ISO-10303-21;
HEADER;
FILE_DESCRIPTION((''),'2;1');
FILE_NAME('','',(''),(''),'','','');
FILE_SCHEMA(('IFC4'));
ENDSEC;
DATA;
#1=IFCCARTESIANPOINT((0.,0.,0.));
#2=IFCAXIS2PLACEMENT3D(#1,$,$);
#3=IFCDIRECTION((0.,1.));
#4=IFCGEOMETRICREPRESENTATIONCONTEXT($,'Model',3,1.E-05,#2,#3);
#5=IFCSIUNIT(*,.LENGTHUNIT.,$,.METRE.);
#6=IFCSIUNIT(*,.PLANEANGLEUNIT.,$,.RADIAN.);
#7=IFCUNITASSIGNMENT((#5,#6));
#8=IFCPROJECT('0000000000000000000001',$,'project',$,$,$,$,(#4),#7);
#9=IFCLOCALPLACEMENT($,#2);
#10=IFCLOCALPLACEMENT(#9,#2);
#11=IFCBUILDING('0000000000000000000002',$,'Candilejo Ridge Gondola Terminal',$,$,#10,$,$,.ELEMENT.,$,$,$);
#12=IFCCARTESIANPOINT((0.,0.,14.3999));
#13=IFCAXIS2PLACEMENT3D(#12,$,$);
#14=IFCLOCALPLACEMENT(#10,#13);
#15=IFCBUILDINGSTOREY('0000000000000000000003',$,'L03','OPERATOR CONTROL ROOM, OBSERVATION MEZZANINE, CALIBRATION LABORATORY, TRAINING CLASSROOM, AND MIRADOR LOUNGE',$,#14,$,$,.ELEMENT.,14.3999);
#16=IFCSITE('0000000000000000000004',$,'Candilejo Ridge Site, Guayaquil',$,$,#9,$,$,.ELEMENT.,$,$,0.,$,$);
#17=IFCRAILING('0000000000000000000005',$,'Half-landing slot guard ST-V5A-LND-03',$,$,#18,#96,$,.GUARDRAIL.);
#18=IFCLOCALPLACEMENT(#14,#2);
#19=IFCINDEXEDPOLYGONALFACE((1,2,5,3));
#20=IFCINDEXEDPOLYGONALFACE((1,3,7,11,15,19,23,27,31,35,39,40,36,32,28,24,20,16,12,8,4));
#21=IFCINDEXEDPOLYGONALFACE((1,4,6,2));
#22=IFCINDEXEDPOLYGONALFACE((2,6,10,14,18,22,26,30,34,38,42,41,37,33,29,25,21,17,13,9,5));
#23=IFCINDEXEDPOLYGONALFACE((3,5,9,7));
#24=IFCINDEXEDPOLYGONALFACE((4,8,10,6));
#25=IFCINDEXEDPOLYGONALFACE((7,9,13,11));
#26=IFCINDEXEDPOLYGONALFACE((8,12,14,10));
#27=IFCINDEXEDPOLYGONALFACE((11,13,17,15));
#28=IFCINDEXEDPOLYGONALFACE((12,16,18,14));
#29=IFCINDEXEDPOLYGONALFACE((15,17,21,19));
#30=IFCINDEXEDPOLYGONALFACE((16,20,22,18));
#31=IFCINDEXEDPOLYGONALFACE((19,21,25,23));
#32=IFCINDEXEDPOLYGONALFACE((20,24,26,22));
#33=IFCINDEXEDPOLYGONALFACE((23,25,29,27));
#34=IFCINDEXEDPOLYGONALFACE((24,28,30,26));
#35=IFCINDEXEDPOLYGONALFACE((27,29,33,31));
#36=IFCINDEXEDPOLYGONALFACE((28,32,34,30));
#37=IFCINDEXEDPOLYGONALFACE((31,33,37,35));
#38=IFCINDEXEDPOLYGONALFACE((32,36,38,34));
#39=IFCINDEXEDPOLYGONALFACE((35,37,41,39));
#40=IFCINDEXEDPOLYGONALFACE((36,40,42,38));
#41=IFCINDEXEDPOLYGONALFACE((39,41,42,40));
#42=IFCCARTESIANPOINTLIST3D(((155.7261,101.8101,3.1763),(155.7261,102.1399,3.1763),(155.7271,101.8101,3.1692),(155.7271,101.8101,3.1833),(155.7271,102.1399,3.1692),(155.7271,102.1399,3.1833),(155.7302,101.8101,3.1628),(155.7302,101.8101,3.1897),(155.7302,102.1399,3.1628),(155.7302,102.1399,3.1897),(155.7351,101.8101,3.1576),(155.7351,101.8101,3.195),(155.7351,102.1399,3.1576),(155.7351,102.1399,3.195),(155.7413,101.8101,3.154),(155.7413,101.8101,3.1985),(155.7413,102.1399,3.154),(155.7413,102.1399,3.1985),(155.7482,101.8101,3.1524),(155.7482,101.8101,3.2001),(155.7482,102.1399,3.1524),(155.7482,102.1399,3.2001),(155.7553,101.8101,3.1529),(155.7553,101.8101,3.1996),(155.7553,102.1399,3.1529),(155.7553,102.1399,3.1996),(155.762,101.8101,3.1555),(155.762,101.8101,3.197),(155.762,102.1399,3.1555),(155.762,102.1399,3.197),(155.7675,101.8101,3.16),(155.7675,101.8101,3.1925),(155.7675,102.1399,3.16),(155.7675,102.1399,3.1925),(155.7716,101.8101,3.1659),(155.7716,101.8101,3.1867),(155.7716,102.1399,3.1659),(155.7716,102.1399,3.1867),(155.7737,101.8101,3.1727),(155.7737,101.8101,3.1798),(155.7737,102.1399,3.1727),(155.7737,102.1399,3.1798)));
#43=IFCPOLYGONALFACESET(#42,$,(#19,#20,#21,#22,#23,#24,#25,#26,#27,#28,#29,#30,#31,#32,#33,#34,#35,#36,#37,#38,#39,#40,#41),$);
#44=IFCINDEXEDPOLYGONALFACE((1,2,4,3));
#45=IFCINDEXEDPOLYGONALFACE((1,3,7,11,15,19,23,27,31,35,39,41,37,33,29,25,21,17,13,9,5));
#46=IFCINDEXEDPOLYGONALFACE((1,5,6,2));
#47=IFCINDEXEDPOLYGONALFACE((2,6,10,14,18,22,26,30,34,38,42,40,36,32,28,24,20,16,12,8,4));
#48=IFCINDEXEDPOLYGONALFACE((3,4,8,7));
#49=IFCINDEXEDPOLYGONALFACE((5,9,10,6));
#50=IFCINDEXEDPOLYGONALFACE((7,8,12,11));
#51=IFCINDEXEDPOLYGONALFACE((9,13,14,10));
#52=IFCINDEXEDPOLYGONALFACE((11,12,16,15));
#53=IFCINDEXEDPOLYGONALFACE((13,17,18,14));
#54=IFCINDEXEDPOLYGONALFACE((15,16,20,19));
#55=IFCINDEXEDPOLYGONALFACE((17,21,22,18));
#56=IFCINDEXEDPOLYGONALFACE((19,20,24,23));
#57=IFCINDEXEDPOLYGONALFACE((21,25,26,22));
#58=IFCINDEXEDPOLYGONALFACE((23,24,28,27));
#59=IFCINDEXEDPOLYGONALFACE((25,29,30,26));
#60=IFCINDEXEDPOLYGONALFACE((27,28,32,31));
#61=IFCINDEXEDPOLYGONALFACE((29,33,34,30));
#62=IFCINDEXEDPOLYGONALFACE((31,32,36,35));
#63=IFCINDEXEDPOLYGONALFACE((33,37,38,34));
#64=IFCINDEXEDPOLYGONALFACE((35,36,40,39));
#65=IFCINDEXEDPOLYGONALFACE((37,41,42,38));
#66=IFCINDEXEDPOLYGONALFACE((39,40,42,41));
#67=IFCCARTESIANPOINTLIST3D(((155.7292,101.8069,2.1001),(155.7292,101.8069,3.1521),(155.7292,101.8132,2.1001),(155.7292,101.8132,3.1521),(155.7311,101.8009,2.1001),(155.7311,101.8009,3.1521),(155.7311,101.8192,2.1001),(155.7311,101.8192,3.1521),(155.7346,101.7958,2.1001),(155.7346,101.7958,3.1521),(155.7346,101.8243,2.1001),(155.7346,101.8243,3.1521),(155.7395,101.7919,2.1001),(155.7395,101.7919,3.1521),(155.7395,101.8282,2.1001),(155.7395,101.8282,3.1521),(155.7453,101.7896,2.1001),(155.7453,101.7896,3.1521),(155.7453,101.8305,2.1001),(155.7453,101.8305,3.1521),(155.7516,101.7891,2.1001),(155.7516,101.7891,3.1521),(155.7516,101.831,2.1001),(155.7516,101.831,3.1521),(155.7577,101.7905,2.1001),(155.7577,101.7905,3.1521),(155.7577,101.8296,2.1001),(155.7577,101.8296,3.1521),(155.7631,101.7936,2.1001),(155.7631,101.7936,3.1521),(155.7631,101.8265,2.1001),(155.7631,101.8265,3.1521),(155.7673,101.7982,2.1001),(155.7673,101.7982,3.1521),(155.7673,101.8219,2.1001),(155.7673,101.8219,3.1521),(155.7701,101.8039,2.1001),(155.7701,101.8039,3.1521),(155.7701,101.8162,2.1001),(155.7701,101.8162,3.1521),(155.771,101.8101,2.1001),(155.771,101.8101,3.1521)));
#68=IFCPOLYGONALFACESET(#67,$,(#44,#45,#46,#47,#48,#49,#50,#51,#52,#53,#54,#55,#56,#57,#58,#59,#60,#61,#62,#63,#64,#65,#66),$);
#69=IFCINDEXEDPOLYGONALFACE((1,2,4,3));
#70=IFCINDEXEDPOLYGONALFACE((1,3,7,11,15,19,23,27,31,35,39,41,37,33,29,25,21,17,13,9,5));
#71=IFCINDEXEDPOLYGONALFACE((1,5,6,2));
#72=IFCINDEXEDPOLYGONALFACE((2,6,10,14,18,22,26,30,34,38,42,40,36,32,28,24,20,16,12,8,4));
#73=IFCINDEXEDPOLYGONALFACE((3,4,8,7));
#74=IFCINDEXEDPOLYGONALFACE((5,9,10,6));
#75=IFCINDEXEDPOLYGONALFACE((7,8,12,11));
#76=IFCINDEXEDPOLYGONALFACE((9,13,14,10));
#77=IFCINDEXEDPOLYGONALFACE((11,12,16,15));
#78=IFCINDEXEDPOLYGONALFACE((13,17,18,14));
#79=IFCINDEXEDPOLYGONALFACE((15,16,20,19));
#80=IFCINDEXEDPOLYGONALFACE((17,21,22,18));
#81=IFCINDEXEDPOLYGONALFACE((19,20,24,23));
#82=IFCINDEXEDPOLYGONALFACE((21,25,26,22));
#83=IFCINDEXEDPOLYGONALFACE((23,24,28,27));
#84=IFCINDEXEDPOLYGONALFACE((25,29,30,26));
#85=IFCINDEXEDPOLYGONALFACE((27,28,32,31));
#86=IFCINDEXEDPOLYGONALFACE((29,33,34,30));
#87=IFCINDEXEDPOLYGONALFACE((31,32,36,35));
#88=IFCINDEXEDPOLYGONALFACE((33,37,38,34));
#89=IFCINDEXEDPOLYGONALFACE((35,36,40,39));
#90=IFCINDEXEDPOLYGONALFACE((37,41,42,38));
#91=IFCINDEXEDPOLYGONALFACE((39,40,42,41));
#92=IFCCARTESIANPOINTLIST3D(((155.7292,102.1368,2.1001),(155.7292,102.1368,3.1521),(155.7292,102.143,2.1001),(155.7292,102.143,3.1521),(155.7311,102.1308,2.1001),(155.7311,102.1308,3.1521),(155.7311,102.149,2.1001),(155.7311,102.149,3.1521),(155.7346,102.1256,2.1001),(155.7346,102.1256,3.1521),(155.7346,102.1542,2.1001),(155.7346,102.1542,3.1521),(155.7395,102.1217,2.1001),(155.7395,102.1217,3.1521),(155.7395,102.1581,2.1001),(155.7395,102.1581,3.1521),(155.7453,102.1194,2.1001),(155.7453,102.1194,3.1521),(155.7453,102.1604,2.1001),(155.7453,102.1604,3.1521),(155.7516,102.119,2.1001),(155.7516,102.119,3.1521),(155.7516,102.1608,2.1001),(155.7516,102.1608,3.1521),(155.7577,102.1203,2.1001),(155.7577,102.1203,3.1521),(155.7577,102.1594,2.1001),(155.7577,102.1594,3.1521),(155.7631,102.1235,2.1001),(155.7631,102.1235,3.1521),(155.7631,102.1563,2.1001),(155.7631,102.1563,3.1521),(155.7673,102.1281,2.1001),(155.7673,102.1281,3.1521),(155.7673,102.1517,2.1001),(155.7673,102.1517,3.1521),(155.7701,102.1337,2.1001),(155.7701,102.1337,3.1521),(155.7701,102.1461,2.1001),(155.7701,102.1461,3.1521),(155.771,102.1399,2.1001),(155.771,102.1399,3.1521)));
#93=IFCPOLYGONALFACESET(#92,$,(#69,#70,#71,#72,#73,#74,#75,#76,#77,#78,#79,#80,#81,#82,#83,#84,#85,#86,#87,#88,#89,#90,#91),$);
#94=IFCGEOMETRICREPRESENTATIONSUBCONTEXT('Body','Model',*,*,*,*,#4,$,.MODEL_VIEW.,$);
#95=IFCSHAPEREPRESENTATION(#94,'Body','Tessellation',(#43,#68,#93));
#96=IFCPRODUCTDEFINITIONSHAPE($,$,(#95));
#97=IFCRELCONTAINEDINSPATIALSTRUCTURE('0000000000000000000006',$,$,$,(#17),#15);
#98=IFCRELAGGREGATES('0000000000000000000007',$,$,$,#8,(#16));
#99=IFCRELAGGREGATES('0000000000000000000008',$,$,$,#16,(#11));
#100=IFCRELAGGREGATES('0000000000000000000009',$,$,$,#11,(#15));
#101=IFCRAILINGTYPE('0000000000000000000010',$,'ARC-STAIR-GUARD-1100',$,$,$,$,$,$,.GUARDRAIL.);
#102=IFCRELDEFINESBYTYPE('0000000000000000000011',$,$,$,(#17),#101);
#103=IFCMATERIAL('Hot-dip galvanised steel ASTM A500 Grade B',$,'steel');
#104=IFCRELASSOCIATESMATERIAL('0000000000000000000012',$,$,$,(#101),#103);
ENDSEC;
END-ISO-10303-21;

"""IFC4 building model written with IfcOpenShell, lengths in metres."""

from ifc_helpers import new_model, si_unit, direction, frame, origin, origin_2d, place, context, subcontext, project, spatial, circle, extrude, material, type_object, element, save


model = new_model("IFC4")

# Units and contexts
model_context = context("Model", 3, precision=1e-05, world=origin(), true_north=direction((0.0, 1.0)))
body_context = subcontext(model_context, "Body", "Model", "MODEL_VIEW")
ifc_project = project(units=[si_unit("LENGTHUNIT", "METRE"), si_unit("PLANEANGLEUNIT", "RADIAN")], contexts=[model_context])

# Site, building, storey
site_placement = place(None, origin())
site = spatial("IfcSite", under=ifc_project, at=site_placement, Name="Candilejo Ridge Site, Guayaquil", CompositionType="ELEMENT", RefElevation=0.0)
building_placement = place(site_placement, origin())
building = spatial("IfcBuilding", under=site, at=building_placement, Name="Candilejo Ridge Gondola Terminal", CompositionType="ELEMENT")
storey_placement = place(building_placement, frame((0.0, 0.0, 14.3999)))
storey = spatial("IfcBuildingStorey", under=building, at=storey_placement, Name="L03", Description="OPERATOR CONTROL ROOM, OBSERVATION MEZZANINE, CALIBRATION LABORATORY, TRAINING CLASSROOM, AND MIRADOR LOUNGE", CompositionType="ELEMENT", Elevation=14.3999)

# Railing
ifc_material_1 = material(Name="Hot-dip galvanised steel ASTM A500 Grade B", Category="steel")
railing_type = type_object("IfcRailingType", Name="ARC-STAIR-GUARD-1100", PredefinedType="GUARDRAIL", material=ifc_material_1)
railing_1_placement = place(storey_placement, frame((155.75, 101.8101, 2.1001)))
element("IfcRailing", 1, at=railing_1_placement, inside=storey, type_object=railing_type, Name="Half-landing slot guard ST-V5A-LND-03", PredefinedType="GUARDRAIL", context=body_context, shape_type="SweptSolid", body=[
    extrude(circle(Radius=0.0239, at=origin_2d()), frame((0.0, 0.0, 1.0762), z_axis=(0.0, 1.0, 0.0), x_axis=(-1.0, 0.0, 0.0)), (0.0, 0.0, 1.0), 0.3298),
    extrude(circle(Radius=0.021, at=origin_2d()), origin(), (0.0, 0.0, 1.0), 1.052),
    extrude(circle(Radius=0.021, at=origin_2d()), frame((0.0, 0.3298, 0.0)), (0.0, 0.0, 1.0), 1.052),
])

save(model, "model.ifc")
